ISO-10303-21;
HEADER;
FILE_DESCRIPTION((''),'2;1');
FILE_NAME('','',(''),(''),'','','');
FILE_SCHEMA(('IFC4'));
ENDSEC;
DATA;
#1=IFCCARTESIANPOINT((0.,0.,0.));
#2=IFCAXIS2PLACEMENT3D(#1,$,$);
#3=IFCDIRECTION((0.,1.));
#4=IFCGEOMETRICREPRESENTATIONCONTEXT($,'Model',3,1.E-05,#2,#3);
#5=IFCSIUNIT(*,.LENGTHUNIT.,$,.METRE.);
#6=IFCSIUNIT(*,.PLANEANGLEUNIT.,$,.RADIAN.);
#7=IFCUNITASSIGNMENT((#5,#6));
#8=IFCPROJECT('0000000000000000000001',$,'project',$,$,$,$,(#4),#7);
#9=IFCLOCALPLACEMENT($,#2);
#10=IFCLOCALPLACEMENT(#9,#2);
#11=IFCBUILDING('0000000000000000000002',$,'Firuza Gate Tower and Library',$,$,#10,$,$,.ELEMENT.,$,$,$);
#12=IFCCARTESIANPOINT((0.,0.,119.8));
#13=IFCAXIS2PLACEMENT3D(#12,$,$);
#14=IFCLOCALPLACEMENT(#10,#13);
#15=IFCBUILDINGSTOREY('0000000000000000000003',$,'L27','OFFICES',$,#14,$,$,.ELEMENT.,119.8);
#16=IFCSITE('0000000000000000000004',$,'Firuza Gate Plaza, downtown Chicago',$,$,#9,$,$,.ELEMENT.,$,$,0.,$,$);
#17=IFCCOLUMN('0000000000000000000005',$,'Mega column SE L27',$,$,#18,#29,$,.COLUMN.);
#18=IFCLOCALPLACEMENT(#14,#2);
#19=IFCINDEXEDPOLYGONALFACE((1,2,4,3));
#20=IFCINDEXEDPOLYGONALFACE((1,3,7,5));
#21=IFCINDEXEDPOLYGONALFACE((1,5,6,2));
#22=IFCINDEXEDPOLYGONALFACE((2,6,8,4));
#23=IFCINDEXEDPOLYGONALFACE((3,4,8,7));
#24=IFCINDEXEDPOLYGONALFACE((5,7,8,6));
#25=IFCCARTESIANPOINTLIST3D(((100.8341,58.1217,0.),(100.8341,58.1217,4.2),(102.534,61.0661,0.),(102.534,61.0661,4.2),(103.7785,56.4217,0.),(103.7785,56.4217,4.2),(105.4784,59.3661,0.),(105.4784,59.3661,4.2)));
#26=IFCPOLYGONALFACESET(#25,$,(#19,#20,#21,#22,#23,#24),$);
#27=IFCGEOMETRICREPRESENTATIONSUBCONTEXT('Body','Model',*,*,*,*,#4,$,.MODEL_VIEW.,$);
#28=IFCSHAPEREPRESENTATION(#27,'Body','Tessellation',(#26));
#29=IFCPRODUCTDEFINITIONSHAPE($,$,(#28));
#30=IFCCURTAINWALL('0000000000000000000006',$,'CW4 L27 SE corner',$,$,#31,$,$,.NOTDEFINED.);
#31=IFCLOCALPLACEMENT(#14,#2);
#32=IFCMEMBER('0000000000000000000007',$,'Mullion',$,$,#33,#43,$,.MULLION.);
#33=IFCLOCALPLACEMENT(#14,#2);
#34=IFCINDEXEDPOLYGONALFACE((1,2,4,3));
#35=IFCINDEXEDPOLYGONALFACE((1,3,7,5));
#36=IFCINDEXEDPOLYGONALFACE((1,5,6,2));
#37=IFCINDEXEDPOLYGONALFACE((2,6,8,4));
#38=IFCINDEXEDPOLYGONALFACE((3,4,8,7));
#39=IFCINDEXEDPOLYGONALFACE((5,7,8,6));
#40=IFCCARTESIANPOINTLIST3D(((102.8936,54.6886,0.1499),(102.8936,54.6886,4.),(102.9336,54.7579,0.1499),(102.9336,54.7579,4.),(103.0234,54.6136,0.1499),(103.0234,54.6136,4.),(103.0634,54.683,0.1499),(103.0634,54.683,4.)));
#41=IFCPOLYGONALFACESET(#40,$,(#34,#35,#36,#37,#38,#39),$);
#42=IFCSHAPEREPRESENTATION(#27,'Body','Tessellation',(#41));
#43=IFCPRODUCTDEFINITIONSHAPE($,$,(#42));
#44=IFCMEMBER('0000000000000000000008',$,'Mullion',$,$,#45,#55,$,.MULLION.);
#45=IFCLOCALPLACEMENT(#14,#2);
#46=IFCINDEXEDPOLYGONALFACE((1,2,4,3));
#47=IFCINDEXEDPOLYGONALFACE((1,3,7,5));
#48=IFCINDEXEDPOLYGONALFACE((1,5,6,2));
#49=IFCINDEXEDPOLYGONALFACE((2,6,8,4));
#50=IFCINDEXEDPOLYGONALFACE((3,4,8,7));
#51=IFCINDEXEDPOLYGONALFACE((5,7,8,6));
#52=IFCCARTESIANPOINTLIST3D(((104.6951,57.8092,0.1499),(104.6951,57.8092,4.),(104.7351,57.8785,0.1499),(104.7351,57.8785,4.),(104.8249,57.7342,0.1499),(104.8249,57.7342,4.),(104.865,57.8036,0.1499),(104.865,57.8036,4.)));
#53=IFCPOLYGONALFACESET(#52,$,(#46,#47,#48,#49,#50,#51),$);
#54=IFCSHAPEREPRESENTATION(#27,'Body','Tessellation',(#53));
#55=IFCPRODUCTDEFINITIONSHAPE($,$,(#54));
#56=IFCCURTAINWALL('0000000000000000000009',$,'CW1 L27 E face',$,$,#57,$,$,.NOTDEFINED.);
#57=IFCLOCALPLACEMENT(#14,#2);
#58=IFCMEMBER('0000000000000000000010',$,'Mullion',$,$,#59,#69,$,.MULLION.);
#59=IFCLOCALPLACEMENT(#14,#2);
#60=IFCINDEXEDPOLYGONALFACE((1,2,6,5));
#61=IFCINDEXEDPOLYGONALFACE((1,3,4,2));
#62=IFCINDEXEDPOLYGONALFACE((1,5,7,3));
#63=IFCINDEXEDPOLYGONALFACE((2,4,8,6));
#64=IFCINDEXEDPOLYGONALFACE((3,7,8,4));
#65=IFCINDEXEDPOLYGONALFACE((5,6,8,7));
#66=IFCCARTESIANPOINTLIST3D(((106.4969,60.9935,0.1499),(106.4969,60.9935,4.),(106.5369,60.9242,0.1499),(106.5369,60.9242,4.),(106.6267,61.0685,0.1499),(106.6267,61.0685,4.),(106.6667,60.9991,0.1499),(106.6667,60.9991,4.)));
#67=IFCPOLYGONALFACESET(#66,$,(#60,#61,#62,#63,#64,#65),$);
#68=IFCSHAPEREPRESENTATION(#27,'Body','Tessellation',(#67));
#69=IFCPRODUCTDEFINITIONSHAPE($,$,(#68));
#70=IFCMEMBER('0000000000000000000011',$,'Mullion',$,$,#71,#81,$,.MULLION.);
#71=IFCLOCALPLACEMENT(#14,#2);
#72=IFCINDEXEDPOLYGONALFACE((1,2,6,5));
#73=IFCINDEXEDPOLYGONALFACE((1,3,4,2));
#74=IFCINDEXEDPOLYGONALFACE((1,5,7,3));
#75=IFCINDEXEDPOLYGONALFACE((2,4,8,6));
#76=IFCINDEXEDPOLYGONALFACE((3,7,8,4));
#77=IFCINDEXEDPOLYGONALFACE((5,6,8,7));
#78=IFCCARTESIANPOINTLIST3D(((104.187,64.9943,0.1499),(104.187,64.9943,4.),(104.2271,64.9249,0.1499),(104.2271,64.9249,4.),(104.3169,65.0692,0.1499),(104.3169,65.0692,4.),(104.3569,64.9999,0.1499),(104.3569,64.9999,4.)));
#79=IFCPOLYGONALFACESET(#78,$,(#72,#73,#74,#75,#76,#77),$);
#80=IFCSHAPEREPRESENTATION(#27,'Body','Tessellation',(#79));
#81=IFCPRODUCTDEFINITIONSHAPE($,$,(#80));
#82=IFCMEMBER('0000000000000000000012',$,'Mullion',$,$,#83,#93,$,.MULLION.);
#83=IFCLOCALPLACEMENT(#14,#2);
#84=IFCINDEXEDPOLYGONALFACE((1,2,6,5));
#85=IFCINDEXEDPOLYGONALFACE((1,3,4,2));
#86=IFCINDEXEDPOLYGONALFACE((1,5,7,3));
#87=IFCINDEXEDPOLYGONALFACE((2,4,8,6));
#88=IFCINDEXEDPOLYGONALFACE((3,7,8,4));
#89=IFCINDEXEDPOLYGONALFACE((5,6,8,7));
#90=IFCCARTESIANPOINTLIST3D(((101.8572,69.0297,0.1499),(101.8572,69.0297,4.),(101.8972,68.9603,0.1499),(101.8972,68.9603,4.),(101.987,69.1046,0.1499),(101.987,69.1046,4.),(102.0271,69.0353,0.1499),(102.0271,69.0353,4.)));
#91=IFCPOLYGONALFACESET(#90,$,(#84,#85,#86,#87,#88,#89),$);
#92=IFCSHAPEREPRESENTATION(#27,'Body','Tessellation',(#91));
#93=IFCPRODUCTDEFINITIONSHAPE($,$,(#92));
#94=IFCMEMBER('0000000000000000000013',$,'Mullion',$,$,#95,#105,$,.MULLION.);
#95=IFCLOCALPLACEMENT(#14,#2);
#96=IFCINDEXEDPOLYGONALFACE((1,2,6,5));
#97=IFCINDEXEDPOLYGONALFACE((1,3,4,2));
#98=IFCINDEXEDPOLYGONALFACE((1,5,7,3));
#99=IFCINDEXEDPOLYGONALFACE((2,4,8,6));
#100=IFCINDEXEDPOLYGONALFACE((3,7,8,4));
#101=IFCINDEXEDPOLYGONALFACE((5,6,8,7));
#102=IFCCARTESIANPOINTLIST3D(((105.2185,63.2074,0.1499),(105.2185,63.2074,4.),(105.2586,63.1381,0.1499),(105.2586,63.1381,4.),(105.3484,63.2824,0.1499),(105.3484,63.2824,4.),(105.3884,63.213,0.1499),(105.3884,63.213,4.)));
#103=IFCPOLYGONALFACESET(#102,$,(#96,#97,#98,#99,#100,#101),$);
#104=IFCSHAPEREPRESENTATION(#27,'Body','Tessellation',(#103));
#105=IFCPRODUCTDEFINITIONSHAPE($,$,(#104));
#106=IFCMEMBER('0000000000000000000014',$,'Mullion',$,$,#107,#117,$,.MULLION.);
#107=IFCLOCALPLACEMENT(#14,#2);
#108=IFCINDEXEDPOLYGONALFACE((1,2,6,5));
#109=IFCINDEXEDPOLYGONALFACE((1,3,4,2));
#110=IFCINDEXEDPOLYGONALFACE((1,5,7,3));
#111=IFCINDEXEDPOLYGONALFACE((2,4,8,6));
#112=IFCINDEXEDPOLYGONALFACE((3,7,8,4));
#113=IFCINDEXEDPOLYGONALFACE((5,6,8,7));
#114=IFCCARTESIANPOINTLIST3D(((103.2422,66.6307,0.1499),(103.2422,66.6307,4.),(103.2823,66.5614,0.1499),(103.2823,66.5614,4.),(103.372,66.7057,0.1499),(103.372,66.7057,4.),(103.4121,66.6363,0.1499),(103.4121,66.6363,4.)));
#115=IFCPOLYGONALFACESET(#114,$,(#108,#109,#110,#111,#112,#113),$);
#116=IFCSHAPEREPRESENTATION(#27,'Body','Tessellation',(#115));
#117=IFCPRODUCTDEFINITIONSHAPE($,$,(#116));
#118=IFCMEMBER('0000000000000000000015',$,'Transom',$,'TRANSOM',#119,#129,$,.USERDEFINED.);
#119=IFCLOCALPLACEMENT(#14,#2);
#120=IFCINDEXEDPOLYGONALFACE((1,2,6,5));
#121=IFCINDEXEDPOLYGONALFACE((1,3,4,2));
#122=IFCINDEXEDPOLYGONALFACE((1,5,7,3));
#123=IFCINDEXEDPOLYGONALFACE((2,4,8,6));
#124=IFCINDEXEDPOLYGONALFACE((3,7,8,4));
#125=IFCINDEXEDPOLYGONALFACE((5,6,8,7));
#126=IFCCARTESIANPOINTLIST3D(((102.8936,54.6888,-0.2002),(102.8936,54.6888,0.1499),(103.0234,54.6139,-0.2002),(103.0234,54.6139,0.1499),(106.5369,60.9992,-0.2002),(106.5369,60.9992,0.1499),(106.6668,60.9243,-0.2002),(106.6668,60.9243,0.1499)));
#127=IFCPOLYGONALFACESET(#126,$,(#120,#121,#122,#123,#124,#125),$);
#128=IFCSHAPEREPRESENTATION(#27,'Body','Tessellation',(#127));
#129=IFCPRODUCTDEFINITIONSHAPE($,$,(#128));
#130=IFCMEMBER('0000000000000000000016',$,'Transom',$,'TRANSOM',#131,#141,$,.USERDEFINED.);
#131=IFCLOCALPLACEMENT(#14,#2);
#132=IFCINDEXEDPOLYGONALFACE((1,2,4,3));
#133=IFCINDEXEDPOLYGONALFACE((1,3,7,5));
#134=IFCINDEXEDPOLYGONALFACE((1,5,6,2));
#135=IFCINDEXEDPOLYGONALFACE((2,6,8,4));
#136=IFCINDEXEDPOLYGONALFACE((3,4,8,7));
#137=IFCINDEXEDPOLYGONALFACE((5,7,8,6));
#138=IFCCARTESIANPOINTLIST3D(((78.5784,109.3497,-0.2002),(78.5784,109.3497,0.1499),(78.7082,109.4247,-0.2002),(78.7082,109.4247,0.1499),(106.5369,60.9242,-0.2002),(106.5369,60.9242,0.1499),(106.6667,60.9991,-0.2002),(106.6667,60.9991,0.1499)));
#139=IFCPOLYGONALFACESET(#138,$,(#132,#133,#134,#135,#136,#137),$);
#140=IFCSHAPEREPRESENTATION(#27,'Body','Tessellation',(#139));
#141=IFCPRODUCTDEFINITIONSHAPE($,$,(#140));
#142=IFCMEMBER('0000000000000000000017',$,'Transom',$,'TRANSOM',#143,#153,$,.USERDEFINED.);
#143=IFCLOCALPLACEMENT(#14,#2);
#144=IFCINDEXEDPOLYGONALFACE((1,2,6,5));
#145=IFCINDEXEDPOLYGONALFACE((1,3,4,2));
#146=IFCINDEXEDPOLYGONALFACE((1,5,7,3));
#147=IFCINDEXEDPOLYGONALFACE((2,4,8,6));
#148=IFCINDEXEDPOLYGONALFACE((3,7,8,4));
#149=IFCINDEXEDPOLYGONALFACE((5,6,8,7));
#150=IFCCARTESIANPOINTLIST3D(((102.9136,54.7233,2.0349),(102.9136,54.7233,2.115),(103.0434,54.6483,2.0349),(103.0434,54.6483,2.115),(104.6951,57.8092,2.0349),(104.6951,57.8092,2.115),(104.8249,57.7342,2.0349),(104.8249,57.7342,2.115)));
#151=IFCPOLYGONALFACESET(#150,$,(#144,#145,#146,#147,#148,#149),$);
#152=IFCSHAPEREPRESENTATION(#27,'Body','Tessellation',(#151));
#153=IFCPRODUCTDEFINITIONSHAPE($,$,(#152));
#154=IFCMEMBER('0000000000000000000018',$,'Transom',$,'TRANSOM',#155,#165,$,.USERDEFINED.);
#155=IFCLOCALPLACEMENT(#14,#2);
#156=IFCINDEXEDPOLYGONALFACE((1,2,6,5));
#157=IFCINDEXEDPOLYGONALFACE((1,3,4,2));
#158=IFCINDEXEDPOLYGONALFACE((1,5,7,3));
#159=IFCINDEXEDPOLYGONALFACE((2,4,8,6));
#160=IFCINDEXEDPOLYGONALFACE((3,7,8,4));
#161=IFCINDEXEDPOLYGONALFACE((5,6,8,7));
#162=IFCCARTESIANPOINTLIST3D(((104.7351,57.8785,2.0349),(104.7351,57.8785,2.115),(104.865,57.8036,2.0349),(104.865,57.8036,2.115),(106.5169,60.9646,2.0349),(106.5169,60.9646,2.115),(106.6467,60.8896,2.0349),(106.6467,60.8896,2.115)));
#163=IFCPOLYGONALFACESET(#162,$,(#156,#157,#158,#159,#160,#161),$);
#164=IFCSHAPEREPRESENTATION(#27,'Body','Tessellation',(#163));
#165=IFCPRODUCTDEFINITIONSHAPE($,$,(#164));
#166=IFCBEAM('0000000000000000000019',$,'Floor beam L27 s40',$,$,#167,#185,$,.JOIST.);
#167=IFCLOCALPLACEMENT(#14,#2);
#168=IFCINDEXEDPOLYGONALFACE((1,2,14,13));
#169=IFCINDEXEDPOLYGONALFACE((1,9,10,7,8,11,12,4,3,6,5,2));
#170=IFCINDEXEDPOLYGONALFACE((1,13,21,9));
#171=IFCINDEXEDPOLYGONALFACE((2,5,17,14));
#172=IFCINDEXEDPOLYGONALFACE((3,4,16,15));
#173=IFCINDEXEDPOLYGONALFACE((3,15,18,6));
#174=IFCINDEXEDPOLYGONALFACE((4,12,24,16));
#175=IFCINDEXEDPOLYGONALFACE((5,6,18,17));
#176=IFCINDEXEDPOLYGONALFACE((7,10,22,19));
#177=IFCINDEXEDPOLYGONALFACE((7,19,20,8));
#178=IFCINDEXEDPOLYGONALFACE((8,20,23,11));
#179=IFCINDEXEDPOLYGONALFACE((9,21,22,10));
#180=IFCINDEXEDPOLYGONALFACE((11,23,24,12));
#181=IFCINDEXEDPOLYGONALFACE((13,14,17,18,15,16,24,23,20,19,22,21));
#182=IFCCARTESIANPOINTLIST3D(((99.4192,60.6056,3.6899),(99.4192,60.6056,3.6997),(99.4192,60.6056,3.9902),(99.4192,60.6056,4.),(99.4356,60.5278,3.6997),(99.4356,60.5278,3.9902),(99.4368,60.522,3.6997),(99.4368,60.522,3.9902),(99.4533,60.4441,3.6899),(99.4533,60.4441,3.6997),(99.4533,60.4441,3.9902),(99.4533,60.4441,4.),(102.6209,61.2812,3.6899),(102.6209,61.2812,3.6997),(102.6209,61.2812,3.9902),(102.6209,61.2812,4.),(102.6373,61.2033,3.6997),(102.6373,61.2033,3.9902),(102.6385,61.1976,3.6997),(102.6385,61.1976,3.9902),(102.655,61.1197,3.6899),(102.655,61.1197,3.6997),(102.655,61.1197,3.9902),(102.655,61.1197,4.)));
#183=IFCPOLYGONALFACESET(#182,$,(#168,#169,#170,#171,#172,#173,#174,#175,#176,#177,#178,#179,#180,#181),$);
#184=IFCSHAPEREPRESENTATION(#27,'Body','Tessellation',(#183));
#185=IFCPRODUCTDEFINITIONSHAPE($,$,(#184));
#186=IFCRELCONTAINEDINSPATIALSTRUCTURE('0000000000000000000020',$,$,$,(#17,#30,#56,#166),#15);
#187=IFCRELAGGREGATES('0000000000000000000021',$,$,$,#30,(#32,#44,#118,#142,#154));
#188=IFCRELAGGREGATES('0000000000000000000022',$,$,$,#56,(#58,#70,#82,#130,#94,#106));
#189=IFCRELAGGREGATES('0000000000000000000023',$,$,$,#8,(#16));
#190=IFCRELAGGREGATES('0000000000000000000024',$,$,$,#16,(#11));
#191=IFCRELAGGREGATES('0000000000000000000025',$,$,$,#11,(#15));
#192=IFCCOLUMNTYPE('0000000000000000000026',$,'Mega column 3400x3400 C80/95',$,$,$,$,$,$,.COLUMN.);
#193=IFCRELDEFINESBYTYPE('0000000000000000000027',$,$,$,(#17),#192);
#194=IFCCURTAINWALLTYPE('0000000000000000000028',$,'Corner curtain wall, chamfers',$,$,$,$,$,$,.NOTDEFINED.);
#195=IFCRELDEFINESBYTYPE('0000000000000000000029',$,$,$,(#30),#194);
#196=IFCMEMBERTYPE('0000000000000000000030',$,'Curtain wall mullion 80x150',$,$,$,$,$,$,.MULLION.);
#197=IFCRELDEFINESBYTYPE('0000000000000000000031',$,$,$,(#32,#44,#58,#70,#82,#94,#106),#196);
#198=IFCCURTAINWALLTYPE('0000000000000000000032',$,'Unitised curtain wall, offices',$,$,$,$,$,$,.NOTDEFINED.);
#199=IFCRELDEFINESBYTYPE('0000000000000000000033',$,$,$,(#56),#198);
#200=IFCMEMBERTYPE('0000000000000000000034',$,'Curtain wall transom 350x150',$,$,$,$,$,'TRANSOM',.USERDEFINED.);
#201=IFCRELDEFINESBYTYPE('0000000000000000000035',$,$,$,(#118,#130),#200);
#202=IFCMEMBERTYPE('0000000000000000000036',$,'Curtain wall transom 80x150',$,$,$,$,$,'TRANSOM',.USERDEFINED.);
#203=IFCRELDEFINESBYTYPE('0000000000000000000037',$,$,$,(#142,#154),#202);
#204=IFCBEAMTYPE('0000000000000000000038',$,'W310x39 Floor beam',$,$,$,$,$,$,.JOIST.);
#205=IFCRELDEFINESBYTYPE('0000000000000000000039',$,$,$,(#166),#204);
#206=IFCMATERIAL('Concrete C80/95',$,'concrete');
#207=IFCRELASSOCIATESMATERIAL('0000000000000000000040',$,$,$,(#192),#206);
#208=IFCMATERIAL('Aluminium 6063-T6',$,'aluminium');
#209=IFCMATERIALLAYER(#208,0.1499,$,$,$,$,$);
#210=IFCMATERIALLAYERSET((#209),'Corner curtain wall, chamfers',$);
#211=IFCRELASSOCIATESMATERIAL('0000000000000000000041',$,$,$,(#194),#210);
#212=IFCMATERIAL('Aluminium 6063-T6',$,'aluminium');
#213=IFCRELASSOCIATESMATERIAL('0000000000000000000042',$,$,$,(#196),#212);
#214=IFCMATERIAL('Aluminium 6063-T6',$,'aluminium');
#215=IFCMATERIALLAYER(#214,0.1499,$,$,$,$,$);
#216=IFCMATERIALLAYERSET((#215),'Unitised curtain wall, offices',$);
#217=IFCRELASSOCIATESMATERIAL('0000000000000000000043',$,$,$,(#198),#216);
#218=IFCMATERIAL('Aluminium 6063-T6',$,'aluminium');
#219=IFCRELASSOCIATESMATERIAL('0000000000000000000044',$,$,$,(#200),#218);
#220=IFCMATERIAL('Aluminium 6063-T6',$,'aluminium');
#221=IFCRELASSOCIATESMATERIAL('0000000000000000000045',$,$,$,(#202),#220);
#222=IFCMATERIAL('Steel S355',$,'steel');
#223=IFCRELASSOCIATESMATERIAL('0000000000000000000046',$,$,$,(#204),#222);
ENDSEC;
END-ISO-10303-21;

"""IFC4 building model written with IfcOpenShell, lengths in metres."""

from ifc_helpers import new_model, si_unit, direction, frame, origin, origin_2d, place, context, subcontext, project, spatial, rectangle, i_section, extrude, material, layer, layer_set, material_profile, profile_set, type_object, element, aggregate, save


model = new_model("IFC4")

# Units and contexts
model_context = context("Model", 3, precision=1e-05, world=origin(), true_north=direction((0.0, 1.0)))
body_context = subcontext(model_context, "Body", "Model", "MODEL_VIEW")
ifc_project = project(units=[si_unit("LENGTHUNIT", "METRE"), si_unit("PLANEANGLEUNIT", "RADIAN")], contexts=[model_context])

# Site, building, storey
site_placement = place(None, origin())
site = spatial("IfcSite", under=ifc_project, at=site_placement, Name="Firuza Gate Plaza, downtown Chicago", CompositionType="ELEMENT", RefElevation=0.0)
building_placement = place(site_placement, origin())
building = spatial("IfcBuilding", under=site, at=building_placement, Name="Firuza Gate Tower and Library", CompositionType="ELEMENT")
storey_placement = place(building_placement, frame((0.0, 0.0, 119.8)))
storey = spatial("IfcBuildingStorey", under=building, at=storey_placement, Name="L27", Description="OFFICES", CompositionType="ELEMENT", Elevation=119.8)

# Column
ifc_material_1 = material(Name="Concrete C80/95", Category="concrete")
ifc_material_profile_1 = material_profile(ifc_material_1, rectangle(XDim=3.3999, YDim=3.3999, at=origin_2d()))
ifc_profile_set_1 = profile_set([ifc_material_profile_1], Name="Concrete C80/95")
column_type = type_object("IfcColumnType", Name="Mega column 3400x3400 C80/95", PredefinedType="COLUMN", material=ifc_profile_set_1)
column_placement = place(storey_placement, frame((103.1562, 58.7439, 0.0), z_axis=(0.0, 0.0, 1.0), x_axis=(0.5, 0.866025, 0.0)))
element("IfcColumn", 1, at=column_placement, inside=storey, type_object=column_type, Name="Mega column SE L27", PredefinedType="COLUMN", context=body_context, shape_type="SweptSolid", body=[
    extrude(rectangle(XDim=3.3999, YDim=3.3999, at=origin_2d()), origin(), (0.0, 0.0, 1.0), 4.2),
])

# Curtain walls, members
ifc_material_2 = material(Name="Aluminium 6063-T6", Category="aluminium")
ifc_layer_1 = layer(ifc_material_2, 0.1499)
ifc_layer_set_1 = layer_set([ifc_layer_1], Name="Corner curtain wall, chamfers")
curtain_wall_type_1 = type_object("IfcCurtainWallType", Name="Corner curtain wall, chamfers", PredefinedType="NOTDEFINED", material=ifc_layer_set_1)
placement = place(storey_placement, origin())
curtain_wall_1 = element("IfcCurtainWall", 2, at=placement, inside=storey, type_object=curtain_wall_type_1, Name="CW4 L27 SE corner", PredefinedType="NOTDEFINED")
ifc_material_3 = material(Name="Aluminium 6063-T6", Category="aluminium")
ifc_material_profile_2 = material_profile(ifc_material_3, rectangle(XDim=0.1499, YDim=0.0801, at=origin_2d()))
ifc_profile_set_2 = profile_set([ifc_material_profile_2], Name="Aluminium 6063-T6")
member_type_1 = type_object("IfcMemberType", Name="Curtain wall mullion 80x150", PredefinedType="MULLION", material=ifc_profile_set_2)
member_1_placement = place(storey_placement, frame((102.9785, 54.6858, 0.1499), z_axis=(0.0, 0.0, 1.0), x_axis=(-0.866025, 0.5, 0.0)))
member_1 = element("IfcMember", 3, at=member_1_placement, type_object=member_type_1, Name="Mullion", PredefinedType="MULLION", context=body_context, shape_type="SweptSolid", body=[
    extrude(rectangle(XDim=0.1499, YDim=0.0801, at=origin_2d()), origin(), (0.0, 0.0, 1.0), 3.8501),
])
member_2_placement = place(storey_placement, frame((104.78, 57.8064, 0.1499), z_axis=(0.0, 0.0, 1.0), x_axis=(-0.866025, 0.5, 0.0)))
member_2 = element("IfcMember", 4, at=member_2_placement, type_object=member_type_1, Name="Mullion", PredefinedType="MULLION", context=body_context, shape_type="SweptSolid", body=[
    extrude(rectangle(XDim=0.1499, YDim=0.0801, at=origin_2d()), origin(), (0.0, 0.0, 1.0), 3.8501),
])
ifc_material_4 = material(Name="Aluminium 6063-T6", Category="aluminium")
ifc_layer_2 = layer(ifc_material_4, 0.1499)
ifc_layer_set_2 = layer_set([ifc_layer_2], Name="Unitised curtain wall, offices")
curtain_wall_type_2 = type_object("IfcCurtainWallType", Name="Unitised curtain wall, offices", PredefinedType="NOTDEFINED", material=ifc_layer_set_2)
curtain_wall_2 = element("IfcCurtainWall", 5, at=placement, inside=storey, type_object=curtain_wall_type_2, Name="CW1 L27 E face", PredefinedType="NOTDEFINED")
member_3_placement = place(storey_placement, frame((106.5818, 60.9963, 0.1499), z_axis=(0.0, 0.0, 1.0), x_axis=(-0.866025, -0.5, 0.0)))
member_3 = element("IfcMember", 6, at=member_3_placement, type_object=member_type_1, Name="Mullion", PredefinedType="MULLION", context=body_context, shape_type="SweptSolid", body=[
    extrude(rectangle(XDim=0.1499, YDim=0.0801, at=origin_2d()), origin(), (0.0, 0.0, 1.0), 3.8501),
])
member_4_placement = place(storey_placement, frame((104.272, 64.9971, 0.1499), z_axis=(0.0, 0.0, 1.0), x_axis=(-0.866025, -0.5, 0.0)))
member_4 = element("IfcMember", 7, at=member_4_placement, type_object=member_type_1, Name="Mullion", PredefinedType="MULLION", context=body_context, shape_type="SweptSolid", body=[
    extrude(rectangle(XDim=0.1499, YDim=0.0801, at=origin_2d()), origin(), (0.0, 0.0, 1.0), 3.8501),
])
member_5_placement = place(storey_placement, frame((101.9421, 69.0325, 0.1499), z_axis=(0.0, 0.0, 1.0), x_axis=(-0.866025, -0.5, 0.0)))
member_5 = element("IfcMember", 8, at=member_5_placement, type_object=member_type_1, Name="Mullion", PredefinedType="MULLION", context=body_context, shape_type="SweptSolid", body=[
    extrude(rectangle(XDim=0.1499, YDim=0.0801, at=origin_2d()), origin(), (0.0, 0.0, 1.0), 3.8501),
])
member_6_placement = place(storey_placement, frame((105.3035, 63.2102, 0.1499), z_axis=(0.0, 0.0, 1.0), x_axis=(-0.866025, -0.5, 0.0)))
member_6 = element("IfcMember", 9, at=member_6_placement, type_object=member_type_1, Name="Mullion", PredefinedType="MULLION", context=body_context, shape_type="SweptSolid", body=[
    extrude(rectangle(XDim=0.1499, YDim=0.0801, at=origin_2d()), origin(), (0.0, 0.0, 1.0), 3.8501),
])
member_7_placement = place(storey_placement, frame((103.3271, 66.6335, 0.1499), z_axis=(0.0, 0.0, 1.0), x_axis=(-0.866025, -0.5, 0.0)))
member_7 = element("IfcMember", 10, at=member_7_placement, type_object=member_type_1, Name="Mullion", PredefinedType="MULLION", context=body_context, shape_type="SweptSolid", body=[
    extrude(rectangle(XDim=0.1499, YDim=0.0801, at=origin_2d()), origin(), (0.0, 0.0, 1.0), 3.8501),
])

# Members
ifc_material_5 = material(Name="Aluminium 6063-T6", Category="aluminium")
ifc_material_profile_3 = material_profile(ifc_material_5, rectangle(XDim=0.1499, YDim=0.3501, at=origin_2d()))
ifc_profile_set_3 = profile_set([ifc_material_profile_3], Name="Aluminium 6063-T6")
member_type_2 = type_object("IfcMemberType", Name="Curtain wall transom 350x150", ElementType="TRANSOM", PredefinedType="USERDEFINED", material=ifc_profile_set_3)
member_8_placement = place(storey_placement, frame((102.9585, 54.6514, -0.0251), z_axis=(0.500006, 0.866022, 0.0), x_axis=(-0.866022, 0.500006, 0.0)))
member_8 = element("IfcMember", 11, at=member_8_placement, type_object=member_type_2, Name="Transom", ObjectType="TRANSOM", PredefinedType="USERDEFINED", context=body_context, shape_type="SweptSolid", body=[
    extrude(rectangle(XDim=0.1499, YDim=0.3501, at=origin_2d()), origin(), (0.0, 0.0, 1.0), 7.2866),
])
member_9_placement = place(storey_placement, frame((106.6018, 60.9617, -0.0251), z_axis=(-0.5, 0.866025, 0.0), x_axis=(-0.866025, -0.5, 0.0)))
member_9 = element("IfcMember", 12, at=member_9_placement, type_object=member_type_2, Name="Transom", ObjectType="TRANSOM", PredefinedType="USERDEFINED", context=body_context, shape_type="SweptSolid", body=[
    extrude(rectangle(XDim=0.1499, YDim=0.3501, at=origin_2d()), origin(), (0.0, 0.0, 1.0), 55.917),
])
ifc_material_6 = material(Name="Aluminium 6063-T6", Category="aluminium")
ifc_material_profile_4 = material_profile(ifc_material_6, rectangle(XDim=0.1499, YDim=0.0801, at=origin_2d()))
ifc_profile_set_4 = profile_set([ifc_material_profile_4], Name="Aluminium 6063-T6")
member_type_3 = type_object("IfcMemberType", Name="Curtain wall transom 80x150", ElementType="TRANSOM", PredefinedType="USERDEFINED", material=ifc_profile_set_4)
member_10_placement = place(storey_placement, frame((102.9785, 54.6858, 2.075), z_axis=(0.499964, 0.866046, 0.0), x_axis=(-0.866046, 0.499964, 0.0)))
member_10 = element("IfcMember", 13, at=member_10_placement, type_object=member_type_3, Name="Transom", ObjectType="TRANSOM", PredefinedType="USERDEFINED", context=body_context, shape_type="SweptSolid", body=[
    extrude(rectangle(XDim=0.1499, YDim=0.0801, at=origin_2d()), origin(), (0.0, 0.0, 1.0), 3.5632),
])
member_11_placement = place(storey_placement, frame((104.8, 57.8411, 2.075), z_axis=(0.500015, 0.866017, 0.0), x_axis=(-0.866017, 0.500015, 0.0)))
member_11 = element("IfcMember", 14, at=member_11_placement, type_object=member_type_3, Name="Transom", ObjectType="TRANSOM", PredefinedType="USERDEFINED", context=body_context, shape_type="SweptSolid", body=[
    extrude(rectangle(XDim=0.1499, YDim=0.0801, at=origin_2d()), origin(), (0.0, 0.0, 1.0), 3.5635),
])

# Beam
ifc_material_7 = material(Name="Steel S355", Category="steel")
ifc_material_profile_5 = material_profile(ifc_material_7, i_section(OverallWidth=0.165, OverallDepth=0.3101, WebThickness=0.0059, FlangeThickness=0.0098, at=origin_2d()))
ifc_profile_set_5 = profile_set([ifc_material_profile_5], Name="Steel S355")
beam_type_1 = type_object("IfcBeamType", Name="W310x39 Floor beam", PredefinedType="JOIST", material=ifc_profile_set_5)
beam_1_placement = place(storey_placement, frame((102.6379, 61.2004, 3.845), z_axis=(-0.978457, -0.20645, 0.0), x_axis=(0.20645, -0.978457, 0.0)))
element("IfcBeam", 15, at=beam_1_placement, inside=storey, type_object=beam_type_1, Name="Floor beam L27 s40", PredefinedType="JOIST", context=body_context, shape_type="SweptSolid", body=[
    extrude(i_section(OverallWidth=0.165, OverallDepth=0.3101, WebThickness=0.0059, FlangeThickness=0.0098, at=origin_2d()), origin(), (0.0, 0.0, 1.0), 3.2722),
])

aggregate(curtain_wall_1, [member_1, member_2, member_8, member_10, member_11])
aggregate(curtain_wall_2, [member_3, member_4, member_5, member_9, member_6, member_7])

save(model, "model.ifc")
